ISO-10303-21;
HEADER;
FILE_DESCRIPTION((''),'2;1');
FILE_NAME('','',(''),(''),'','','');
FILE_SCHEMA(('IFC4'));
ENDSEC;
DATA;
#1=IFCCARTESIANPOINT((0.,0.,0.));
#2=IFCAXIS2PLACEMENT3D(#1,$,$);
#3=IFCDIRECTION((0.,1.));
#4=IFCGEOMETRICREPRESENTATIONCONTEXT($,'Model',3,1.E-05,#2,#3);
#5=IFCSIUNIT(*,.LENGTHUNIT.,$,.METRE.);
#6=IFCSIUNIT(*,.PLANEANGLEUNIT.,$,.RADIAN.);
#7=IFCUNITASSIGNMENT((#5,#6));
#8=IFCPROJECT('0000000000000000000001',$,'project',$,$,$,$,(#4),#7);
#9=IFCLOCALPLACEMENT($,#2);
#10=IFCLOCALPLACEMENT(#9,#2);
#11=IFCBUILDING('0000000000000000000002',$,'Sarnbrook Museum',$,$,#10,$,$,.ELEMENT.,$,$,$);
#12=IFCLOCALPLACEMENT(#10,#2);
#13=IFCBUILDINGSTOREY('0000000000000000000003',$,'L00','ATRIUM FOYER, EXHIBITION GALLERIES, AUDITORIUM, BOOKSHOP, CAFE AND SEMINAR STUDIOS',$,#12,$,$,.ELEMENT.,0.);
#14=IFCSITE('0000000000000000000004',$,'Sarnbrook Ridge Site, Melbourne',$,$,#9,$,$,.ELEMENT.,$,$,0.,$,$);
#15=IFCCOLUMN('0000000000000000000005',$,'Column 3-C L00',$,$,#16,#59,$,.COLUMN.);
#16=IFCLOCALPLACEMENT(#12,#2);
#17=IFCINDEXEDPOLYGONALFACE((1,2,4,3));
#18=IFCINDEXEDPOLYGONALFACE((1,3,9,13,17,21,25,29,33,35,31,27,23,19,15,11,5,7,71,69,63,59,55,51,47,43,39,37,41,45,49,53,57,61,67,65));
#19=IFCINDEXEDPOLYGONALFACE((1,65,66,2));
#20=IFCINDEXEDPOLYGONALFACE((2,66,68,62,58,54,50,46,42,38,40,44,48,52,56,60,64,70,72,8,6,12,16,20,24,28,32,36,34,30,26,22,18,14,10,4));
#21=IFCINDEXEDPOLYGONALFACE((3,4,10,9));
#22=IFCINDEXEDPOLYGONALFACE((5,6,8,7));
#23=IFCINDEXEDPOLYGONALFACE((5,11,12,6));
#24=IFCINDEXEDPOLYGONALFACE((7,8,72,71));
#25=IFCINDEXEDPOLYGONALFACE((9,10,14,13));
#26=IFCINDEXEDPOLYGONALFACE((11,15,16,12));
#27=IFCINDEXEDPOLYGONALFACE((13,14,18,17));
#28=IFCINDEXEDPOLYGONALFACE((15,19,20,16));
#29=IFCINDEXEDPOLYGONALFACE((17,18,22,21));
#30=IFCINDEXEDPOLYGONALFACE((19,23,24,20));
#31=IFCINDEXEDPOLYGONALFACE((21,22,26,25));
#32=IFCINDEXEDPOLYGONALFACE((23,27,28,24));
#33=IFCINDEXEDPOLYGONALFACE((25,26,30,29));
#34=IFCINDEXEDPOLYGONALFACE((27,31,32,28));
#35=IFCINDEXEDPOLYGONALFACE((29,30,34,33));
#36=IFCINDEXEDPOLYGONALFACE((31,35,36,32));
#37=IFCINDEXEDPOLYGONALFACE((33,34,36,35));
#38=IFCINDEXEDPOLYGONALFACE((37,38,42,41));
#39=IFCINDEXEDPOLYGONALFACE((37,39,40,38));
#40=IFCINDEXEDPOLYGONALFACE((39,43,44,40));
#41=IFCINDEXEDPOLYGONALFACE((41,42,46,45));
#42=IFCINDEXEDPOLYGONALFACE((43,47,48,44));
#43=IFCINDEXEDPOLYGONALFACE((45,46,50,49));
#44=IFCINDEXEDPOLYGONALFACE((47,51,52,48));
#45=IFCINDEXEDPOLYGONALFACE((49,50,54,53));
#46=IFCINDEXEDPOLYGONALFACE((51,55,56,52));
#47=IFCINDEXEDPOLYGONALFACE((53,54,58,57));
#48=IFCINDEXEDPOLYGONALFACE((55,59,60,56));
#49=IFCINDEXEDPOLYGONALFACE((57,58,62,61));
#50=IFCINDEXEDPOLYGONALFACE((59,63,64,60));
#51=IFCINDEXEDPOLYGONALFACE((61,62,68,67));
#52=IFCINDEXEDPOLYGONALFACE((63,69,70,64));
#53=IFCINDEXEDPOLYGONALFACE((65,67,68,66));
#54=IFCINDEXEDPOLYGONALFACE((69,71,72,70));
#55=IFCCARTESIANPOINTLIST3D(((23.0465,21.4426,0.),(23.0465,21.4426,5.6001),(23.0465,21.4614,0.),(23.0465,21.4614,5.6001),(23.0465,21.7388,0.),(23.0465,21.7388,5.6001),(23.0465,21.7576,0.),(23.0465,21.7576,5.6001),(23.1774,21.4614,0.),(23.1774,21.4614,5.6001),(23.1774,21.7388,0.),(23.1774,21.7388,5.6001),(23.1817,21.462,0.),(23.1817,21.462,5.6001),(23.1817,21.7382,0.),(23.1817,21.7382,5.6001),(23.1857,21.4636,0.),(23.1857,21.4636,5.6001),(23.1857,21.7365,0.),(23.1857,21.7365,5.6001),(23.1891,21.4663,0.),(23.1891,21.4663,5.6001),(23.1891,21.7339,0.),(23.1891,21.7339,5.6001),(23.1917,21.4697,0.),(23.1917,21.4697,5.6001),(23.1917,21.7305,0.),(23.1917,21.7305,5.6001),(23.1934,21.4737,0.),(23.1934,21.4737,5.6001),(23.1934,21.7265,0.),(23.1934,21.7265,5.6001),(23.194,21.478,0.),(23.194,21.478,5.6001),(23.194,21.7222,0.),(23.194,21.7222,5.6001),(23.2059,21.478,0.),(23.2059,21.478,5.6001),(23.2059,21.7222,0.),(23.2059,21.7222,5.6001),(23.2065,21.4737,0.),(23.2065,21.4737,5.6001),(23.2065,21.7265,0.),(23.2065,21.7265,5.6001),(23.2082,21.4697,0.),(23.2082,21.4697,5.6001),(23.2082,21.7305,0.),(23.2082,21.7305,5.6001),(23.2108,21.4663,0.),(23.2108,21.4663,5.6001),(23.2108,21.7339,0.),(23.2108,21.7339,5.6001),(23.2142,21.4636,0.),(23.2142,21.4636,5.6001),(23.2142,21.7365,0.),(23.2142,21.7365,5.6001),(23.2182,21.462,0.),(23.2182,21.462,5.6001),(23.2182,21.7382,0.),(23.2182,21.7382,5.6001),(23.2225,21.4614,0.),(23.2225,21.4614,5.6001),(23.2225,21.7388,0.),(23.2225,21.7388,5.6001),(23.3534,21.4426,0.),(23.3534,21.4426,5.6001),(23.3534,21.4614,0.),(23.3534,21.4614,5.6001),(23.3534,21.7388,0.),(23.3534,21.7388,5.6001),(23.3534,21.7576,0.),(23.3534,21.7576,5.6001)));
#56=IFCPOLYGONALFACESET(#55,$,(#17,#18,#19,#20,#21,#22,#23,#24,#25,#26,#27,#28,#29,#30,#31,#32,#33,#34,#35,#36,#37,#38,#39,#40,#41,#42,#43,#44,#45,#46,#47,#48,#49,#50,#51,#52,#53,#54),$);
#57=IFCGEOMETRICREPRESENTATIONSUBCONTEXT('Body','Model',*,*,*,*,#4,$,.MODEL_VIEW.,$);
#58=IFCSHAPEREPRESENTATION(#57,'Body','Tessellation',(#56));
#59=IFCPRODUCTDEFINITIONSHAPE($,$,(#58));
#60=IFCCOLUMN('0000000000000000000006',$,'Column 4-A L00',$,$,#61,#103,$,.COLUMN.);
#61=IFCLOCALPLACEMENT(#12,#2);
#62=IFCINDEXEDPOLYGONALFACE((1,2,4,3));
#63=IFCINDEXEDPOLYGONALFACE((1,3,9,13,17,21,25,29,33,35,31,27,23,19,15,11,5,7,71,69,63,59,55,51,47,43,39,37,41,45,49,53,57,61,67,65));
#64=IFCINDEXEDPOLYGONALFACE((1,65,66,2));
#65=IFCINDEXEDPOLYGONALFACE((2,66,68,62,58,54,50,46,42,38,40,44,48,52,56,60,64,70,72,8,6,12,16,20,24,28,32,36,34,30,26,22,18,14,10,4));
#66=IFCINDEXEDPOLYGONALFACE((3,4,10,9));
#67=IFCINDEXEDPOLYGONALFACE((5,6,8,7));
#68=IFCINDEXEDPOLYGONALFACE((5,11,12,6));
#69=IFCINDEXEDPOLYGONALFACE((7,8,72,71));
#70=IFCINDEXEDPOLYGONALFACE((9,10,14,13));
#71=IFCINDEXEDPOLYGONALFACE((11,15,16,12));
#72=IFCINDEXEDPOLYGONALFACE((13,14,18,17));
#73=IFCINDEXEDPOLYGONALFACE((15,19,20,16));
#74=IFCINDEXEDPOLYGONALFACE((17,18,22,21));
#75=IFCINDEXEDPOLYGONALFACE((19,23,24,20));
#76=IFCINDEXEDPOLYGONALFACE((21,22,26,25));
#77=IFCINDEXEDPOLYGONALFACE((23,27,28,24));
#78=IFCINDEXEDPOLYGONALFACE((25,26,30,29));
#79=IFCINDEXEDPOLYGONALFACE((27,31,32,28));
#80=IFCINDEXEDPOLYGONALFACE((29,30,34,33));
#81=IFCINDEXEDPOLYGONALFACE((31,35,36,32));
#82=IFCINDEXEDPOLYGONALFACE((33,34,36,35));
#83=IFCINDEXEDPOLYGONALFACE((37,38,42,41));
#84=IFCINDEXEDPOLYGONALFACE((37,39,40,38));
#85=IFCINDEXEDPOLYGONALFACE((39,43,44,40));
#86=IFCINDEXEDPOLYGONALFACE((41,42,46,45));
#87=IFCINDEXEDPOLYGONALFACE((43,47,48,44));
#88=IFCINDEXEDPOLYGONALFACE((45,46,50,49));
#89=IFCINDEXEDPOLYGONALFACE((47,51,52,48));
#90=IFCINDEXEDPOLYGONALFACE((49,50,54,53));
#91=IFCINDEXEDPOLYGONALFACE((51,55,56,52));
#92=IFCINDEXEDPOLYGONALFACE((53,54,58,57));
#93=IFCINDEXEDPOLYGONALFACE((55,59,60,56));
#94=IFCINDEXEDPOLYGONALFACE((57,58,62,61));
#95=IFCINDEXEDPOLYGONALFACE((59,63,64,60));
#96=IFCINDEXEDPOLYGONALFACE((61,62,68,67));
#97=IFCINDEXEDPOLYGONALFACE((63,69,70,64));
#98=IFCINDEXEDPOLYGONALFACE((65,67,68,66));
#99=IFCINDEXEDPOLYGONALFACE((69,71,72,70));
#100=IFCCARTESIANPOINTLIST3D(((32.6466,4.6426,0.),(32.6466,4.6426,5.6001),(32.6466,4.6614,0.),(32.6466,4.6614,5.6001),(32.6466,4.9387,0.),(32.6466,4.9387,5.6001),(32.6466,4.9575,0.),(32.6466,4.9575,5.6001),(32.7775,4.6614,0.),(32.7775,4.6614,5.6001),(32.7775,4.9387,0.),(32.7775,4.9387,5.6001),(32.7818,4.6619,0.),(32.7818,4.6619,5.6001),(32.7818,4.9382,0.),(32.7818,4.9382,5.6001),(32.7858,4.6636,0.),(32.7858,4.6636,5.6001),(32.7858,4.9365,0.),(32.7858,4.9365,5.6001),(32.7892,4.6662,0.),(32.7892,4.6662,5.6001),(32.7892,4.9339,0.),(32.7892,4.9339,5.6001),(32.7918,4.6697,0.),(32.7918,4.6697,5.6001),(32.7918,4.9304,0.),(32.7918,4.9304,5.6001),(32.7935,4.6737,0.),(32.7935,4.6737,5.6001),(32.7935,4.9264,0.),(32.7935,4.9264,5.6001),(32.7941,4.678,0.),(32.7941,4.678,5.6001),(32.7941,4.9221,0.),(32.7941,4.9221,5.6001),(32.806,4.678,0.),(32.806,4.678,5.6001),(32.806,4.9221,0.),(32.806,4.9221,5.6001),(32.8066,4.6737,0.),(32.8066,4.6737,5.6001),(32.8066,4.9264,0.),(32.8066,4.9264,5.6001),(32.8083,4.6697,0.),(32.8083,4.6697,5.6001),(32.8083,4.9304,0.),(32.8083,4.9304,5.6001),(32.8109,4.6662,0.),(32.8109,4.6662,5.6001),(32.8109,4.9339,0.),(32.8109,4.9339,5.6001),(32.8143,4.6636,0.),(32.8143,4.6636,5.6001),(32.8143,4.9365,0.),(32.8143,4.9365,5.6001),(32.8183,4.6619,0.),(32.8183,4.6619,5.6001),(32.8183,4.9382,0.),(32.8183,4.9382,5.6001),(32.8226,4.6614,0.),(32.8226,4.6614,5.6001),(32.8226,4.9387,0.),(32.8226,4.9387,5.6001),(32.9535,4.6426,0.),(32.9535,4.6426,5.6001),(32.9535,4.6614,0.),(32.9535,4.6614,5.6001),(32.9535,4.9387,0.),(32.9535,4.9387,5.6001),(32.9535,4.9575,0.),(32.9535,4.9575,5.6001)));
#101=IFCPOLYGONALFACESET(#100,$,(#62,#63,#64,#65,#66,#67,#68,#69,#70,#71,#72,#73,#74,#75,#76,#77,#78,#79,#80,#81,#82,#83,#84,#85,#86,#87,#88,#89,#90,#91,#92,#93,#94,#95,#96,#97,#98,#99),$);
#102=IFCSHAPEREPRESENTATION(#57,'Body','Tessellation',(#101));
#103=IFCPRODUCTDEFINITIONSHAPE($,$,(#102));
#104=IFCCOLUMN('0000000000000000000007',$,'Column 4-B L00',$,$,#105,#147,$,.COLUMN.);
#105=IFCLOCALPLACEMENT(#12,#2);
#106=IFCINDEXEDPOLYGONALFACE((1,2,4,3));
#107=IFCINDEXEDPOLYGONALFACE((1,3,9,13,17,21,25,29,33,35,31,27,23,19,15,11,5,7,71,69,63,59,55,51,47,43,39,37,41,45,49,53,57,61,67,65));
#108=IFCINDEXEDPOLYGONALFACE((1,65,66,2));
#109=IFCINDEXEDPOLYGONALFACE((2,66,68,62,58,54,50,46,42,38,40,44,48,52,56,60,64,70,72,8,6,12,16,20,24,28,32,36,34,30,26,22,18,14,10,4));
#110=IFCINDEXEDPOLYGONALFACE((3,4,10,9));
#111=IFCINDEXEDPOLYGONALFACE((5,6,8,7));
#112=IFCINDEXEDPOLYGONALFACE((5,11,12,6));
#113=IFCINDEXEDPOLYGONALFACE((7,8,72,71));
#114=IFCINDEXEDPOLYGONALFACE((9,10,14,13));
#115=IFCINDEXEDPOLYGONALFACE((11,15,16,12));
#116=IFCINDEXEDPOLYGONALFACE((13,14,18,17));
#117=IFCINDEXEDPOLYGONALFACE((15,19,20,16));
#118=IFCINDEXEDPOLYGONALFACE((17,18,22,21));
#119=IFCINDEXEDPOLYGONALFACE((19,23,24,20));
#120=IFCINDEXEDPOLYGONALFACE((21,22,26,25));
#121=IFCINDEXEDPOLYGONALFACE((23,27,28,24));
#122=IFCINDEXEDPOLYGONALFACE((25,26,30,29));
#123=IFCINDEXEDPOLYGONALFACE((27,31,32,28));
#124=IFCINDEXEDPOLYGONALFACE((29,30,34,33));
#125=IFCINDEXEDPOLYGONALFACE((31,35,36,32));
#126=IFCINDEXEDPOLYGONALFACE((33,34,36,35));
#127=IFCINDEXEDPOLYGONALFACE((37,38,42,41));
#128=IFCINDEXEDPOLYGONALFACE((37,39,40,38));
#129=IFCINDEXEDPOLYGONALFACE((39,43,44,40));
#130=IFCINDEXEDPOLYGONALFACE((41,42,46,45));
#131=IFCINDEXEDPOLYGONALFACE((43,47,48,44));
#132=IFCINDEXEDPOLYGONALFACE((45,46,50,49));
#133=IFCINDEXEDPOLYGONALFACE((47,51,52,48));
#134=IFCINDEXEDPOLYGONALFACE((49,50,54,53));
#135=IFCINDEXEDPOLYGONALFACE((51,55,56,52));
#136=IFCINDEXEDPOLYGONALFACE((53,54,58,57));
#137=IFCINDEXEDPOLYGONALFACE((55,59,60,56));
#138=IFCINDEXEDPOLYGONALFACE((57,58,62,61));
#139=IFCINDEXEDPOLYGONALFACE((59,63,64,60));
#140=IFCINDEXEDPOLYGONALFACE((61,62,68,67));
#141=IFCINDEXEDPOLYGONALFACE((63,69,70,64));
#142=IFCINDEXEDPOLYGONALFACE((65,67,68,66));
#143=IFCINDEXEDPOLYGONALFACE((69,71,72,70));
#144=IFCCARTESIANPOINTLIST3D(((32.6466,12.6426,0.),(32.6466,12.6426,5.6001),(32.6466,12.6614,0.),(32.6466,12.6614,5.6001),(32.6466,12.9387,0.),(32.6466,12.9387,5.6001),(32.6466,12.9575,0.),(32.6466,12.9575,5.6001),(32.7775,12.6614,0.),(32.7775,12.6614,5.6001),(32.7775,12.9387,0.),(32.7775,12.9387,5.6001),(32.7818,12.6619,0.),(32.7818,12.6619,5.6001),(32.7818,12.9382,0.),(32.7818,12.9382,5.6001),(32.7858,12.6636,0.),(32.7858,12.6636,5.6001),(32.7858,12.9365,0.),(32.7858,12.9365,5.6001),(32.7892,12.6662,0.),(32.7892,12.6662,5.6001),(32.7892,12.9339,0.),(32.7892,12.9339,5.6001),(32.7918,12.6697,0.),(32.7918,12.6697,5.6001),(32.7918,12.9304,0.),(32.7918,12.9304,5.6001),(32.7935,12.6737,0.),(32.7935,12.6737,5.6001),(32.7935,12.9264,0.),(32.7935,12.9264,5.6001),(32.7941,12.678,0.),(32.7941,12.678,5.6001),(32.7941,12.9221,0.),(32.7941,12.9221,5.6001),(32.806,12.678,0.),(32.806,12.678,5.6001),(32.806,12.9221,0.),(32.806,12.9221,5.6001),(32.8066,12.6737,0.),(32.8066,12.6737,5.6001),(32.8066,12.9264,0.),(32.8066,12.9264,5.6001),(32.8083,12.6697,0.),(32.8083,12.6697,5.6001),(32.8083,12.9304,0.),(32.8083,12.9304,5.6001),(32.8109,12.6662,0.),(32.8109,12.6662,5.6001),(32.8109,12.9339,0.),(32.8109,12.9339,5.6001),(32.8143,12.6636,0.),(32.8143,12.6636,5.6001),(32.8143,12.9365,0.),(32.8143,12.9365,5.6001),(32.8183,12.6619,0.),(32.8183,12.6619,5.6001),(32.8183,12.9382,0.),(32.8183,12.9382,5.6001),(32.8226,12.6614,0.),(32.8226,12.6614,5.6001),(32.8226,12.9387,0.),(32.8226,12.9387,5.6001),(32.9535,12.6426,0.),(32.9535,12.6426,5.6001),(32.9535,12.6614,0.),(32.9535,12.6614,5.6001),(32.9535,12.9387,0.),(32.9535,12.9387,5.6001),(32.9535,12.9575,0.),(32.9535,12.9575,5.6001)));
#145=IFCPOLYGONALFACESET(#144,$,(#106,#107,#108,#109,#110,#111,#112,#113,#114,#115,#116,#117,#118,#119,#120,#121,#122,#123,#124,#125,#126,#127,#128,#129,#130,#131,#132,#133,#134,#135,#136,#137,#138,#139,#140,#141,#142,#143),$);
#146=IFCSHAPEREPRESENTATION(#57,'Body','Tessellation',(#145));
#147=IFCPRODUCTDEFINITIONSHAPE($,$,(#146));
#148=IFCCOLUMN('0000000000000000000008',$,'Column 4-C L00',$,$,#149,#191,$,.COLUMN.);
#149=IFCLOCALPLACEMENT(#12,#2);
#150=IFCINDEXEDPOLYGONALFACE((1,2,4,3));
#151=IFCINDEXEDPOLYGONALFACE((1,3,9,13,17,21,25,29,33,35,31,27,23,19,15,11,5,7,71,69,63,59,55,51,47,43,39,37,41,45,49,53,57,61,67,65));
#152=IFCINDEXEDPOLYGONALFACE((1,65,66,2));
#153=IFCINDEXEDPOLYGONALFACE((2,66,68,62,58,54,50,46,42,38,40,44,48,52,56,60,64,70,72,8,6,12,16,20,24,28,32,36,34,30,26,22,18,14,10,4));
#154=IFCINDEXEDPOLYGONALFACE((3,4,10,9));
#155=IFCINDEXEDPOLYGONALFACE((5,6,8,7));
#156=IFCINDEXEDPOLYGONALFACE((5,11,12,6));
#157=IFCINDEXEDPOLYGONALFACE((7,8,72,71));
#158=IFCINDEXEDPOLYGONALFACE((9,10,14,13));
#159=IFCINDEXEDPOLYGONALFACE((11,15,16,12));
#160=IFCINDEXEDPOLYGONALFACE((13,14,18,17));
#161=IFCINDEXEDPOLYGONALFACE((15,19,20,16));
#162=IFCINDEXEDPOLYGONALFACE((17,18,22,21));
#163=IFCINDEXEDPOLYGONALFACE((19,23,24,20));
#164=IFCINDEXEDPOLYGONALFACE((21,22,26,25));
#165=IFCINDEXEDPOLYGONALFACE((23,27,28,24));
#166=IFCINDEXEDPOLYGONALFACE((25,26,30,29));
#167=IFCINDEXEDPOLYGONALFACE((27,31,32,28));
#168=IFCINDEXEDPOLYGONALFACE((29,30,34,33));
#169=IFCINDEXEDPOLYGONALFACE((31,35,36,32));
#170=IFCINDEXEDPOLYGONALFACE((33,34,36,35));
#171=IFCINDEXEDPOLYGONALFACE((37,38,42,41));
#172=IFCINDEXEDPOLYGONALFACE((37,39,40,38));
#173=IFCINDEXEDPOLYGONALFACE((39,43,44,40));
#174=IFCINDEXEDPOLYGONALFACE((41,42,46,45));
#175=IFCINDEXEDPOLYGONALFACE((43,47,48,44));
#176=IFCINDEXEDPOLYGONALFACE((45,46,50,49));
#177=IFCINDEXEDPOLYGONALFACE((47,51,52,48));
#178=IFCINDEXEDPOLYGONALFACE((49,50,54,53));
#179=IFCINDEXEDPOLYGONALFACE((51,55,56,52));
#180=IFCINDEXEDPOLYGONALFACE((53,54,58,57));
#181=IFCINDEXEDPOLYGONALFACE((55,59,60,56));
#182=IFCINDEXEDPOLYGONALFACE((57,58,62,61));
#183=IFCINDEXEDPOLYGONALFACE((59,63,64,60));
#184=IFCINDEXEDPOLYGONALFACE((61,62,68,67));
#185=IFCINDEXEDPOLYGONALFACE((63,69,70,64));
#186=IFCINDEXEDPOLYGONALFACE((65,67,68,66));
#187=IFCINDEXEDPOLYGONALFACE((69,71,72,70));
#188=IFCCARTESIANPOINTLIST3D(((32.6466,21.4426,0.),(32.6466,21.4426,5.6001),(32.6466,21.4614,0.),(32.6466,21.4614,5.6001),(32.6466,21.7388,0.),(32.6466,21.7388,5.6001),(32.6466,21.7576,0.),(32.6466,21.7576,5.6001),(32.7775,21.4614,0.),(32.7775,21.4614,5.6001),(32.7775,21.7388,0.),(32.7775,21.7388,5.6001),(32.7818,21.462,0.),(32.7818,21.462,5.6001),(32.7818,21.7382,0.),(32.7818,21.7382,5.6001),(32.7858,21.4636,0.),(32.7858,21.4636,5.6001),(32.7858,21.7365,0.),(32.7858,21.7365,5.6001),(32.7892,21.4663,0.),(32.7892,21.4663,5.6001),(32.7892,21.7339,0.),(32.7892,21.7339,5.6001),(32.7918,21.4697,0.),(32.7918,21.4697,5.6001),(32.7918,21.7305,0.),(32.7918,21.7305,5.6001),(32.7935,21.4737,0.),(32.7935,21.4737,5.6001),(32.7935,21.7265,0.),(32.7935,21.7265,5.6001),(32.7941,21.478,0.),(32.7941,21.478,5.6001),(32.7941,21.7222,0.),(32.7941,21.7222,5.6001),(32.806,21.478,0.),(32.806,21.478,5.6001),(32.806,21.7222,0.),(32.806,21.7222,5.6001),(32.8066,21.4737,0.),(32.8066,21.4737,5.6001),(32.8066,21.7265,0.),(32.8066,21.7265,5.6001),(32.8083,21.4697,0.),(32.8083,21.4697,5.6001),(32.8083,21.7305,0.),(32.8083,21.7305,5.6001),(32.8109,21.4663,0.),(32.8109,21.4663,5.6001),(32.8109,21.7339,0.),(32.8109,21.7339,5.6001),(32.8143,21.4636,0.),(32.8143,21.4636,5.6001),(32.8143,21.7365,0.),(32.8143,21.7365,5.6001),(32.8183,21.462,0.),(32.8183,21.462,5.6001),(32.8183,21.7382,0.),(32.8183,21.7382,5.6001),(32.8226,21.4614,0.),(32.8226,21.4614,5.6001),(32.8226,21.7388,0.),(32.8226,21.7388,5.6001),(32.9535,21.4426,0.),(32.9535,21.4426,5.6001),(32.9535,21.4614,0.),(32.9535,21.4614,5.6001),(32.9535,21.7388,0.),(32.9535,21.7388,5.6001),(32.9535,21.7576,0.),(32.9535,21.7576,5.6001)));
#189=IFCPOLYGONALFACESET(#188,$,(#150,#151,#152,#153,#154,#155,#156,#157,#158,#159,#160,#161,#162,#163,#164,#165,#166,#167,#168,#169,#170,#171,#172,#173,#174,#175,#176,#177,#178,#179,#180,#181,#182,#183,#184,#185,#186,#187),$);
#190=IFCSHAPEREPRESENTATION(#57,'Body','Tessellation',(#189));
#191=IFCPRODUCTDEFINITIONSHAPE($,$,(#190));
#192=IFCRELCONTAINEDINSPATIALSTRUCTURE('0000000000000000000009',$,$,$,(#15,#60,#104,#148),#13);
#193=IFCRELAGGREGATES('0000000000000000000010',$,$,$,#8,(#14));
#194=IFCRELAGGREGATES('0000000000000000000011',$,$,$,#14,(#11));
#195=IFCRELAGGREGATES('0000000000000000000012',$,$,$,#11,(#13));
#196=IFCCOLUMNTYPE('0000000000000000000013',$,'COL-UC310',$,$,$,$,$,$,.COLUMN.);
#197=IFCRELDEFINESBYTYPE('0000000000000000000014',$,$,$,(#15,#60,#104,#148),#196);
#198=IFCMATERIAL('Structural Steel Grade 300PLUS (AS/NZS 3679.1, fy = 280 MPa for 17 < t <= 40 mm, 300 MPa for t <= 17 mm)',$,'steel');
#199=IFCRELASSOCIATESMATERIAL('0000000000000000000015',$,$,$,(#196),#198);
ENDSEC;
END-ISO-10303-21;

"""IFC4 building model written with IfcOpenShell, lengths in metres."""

from ifc_helpers import new_model, si_unit, direction, frame, origin, origin_2d, place, context, subcontext, project, spatial, i_section, extrude, material, material_profile, profile_set, type_object, element, save


model = new_model("IFC4")

# Units and contexts
model_context = context("Model", 3, precision=1e-05, world=origin(), true_north=direction((0.0, 1.0)))
body_context = subcontext(model_context, "Body", "Model", "MODEL_VIEW")
ifc_project = project(units=[si_unit("LENGTHUNIT", "METRE"), si_unit("PLANEANGLEUNIT", "RADIAN")], contexts=[model_context])

# Site, building, storey
site_placement = place(None, origin())
site = spatial("IfcSite", under=ifc_project, at=site_placement, Name="Sarnbrook Ridge Site, Melbourne", CompositionType="ELEMENT", RefElevation=0.0)
building_placement = place(site_placement, origin())
building = spatial("IfcBuilding", under=site, at=building_placement, Name="Sarnbrook Museum", CompositionType="ELEMENT")
storey_placement = place(building_placement, origin())
storey = spatial("IfcBuildingStorey", under=building, at=storey_placement, Name="L00", Description="ATRIUM FOYER, EXHIBITION GALLERIES, AUDITORIUM, BOOKSHOP, CAFE AND SEMINAR STUDIOS", CompositionType="ELEMENT", Elevation=0.0)

# Columns
ifc_material_1 = material(Name="Structural Steel Grade 300PLUS (AS/NZS 3679.1, fy = 280 MPa for 17 < t <= 40 mm, 300 MPa for t <= 17 mm)", Category="steel")
ifc_material_profile_1 = material_profile(ifc_material_1, i_section(OverallWidth=0.3069, OverallDepth=0.3149, WebThickness=0.012, FlangeThickness=0.0188, FilletRadius=0.0166, at=origin_2d()), Name="310UC118")
ifc_profile_set_1 = profile_set([ifc_material_profile_1], Name="Structural Steel Grade 300PLUS (AS/NZS 3679.1, fy = 280 MPa for 17 < t <= 40 mm, 300 MPa for t <= 17 mm)")
column_type = type_object("IfcColumnType", Name="COL-UC310", PredefinedType="COLUMN", material=ifc_profile_set_1)
for number, where, z_axis, x_axis, name in (
    (1, (23.2, 21.6001, 0.0), (0.0, 0.0, 1.0), (1.0, 0.0, 0.0), "Column 3-C L00"),
    (2, (32.8, 4.8, 0.0), (0.0, 0.0, 1.0), (1.0, 0.0, 0.0), "Column 4-A L00"),
    (3, (32.8, 12.8, 0.0), (0.0, 0.0, 1.0), (1.0, 0.0, 0.0), "Column 4-B L00"),
    (4, (32.8, 21.6001, 0.0), (0.0, 0.0, 1.0), (1.0, 0.0, 0.0), "Column 4-C L00"),
):
    element("IfcColumn", number, at=place(storey_placement, frame(where, z_axis=z_axis, x_axis=x_axis)), inside=storey, type_object=column_type, Name=name, PredefinedType="COLUMN", context=body_context, shape_type="SweptSolid", body=[
        extrude(i_section(OverallWidth=0.3069, OverallDepth=0.3149, WebThickness=0.012, FlangeThickness=0.0188, FilletRadius=0.0166, at=origin_2d()), origin(), (0.0, 0.0, 1.0), 5.6001),
    ])

save(model, "model.ifc")
